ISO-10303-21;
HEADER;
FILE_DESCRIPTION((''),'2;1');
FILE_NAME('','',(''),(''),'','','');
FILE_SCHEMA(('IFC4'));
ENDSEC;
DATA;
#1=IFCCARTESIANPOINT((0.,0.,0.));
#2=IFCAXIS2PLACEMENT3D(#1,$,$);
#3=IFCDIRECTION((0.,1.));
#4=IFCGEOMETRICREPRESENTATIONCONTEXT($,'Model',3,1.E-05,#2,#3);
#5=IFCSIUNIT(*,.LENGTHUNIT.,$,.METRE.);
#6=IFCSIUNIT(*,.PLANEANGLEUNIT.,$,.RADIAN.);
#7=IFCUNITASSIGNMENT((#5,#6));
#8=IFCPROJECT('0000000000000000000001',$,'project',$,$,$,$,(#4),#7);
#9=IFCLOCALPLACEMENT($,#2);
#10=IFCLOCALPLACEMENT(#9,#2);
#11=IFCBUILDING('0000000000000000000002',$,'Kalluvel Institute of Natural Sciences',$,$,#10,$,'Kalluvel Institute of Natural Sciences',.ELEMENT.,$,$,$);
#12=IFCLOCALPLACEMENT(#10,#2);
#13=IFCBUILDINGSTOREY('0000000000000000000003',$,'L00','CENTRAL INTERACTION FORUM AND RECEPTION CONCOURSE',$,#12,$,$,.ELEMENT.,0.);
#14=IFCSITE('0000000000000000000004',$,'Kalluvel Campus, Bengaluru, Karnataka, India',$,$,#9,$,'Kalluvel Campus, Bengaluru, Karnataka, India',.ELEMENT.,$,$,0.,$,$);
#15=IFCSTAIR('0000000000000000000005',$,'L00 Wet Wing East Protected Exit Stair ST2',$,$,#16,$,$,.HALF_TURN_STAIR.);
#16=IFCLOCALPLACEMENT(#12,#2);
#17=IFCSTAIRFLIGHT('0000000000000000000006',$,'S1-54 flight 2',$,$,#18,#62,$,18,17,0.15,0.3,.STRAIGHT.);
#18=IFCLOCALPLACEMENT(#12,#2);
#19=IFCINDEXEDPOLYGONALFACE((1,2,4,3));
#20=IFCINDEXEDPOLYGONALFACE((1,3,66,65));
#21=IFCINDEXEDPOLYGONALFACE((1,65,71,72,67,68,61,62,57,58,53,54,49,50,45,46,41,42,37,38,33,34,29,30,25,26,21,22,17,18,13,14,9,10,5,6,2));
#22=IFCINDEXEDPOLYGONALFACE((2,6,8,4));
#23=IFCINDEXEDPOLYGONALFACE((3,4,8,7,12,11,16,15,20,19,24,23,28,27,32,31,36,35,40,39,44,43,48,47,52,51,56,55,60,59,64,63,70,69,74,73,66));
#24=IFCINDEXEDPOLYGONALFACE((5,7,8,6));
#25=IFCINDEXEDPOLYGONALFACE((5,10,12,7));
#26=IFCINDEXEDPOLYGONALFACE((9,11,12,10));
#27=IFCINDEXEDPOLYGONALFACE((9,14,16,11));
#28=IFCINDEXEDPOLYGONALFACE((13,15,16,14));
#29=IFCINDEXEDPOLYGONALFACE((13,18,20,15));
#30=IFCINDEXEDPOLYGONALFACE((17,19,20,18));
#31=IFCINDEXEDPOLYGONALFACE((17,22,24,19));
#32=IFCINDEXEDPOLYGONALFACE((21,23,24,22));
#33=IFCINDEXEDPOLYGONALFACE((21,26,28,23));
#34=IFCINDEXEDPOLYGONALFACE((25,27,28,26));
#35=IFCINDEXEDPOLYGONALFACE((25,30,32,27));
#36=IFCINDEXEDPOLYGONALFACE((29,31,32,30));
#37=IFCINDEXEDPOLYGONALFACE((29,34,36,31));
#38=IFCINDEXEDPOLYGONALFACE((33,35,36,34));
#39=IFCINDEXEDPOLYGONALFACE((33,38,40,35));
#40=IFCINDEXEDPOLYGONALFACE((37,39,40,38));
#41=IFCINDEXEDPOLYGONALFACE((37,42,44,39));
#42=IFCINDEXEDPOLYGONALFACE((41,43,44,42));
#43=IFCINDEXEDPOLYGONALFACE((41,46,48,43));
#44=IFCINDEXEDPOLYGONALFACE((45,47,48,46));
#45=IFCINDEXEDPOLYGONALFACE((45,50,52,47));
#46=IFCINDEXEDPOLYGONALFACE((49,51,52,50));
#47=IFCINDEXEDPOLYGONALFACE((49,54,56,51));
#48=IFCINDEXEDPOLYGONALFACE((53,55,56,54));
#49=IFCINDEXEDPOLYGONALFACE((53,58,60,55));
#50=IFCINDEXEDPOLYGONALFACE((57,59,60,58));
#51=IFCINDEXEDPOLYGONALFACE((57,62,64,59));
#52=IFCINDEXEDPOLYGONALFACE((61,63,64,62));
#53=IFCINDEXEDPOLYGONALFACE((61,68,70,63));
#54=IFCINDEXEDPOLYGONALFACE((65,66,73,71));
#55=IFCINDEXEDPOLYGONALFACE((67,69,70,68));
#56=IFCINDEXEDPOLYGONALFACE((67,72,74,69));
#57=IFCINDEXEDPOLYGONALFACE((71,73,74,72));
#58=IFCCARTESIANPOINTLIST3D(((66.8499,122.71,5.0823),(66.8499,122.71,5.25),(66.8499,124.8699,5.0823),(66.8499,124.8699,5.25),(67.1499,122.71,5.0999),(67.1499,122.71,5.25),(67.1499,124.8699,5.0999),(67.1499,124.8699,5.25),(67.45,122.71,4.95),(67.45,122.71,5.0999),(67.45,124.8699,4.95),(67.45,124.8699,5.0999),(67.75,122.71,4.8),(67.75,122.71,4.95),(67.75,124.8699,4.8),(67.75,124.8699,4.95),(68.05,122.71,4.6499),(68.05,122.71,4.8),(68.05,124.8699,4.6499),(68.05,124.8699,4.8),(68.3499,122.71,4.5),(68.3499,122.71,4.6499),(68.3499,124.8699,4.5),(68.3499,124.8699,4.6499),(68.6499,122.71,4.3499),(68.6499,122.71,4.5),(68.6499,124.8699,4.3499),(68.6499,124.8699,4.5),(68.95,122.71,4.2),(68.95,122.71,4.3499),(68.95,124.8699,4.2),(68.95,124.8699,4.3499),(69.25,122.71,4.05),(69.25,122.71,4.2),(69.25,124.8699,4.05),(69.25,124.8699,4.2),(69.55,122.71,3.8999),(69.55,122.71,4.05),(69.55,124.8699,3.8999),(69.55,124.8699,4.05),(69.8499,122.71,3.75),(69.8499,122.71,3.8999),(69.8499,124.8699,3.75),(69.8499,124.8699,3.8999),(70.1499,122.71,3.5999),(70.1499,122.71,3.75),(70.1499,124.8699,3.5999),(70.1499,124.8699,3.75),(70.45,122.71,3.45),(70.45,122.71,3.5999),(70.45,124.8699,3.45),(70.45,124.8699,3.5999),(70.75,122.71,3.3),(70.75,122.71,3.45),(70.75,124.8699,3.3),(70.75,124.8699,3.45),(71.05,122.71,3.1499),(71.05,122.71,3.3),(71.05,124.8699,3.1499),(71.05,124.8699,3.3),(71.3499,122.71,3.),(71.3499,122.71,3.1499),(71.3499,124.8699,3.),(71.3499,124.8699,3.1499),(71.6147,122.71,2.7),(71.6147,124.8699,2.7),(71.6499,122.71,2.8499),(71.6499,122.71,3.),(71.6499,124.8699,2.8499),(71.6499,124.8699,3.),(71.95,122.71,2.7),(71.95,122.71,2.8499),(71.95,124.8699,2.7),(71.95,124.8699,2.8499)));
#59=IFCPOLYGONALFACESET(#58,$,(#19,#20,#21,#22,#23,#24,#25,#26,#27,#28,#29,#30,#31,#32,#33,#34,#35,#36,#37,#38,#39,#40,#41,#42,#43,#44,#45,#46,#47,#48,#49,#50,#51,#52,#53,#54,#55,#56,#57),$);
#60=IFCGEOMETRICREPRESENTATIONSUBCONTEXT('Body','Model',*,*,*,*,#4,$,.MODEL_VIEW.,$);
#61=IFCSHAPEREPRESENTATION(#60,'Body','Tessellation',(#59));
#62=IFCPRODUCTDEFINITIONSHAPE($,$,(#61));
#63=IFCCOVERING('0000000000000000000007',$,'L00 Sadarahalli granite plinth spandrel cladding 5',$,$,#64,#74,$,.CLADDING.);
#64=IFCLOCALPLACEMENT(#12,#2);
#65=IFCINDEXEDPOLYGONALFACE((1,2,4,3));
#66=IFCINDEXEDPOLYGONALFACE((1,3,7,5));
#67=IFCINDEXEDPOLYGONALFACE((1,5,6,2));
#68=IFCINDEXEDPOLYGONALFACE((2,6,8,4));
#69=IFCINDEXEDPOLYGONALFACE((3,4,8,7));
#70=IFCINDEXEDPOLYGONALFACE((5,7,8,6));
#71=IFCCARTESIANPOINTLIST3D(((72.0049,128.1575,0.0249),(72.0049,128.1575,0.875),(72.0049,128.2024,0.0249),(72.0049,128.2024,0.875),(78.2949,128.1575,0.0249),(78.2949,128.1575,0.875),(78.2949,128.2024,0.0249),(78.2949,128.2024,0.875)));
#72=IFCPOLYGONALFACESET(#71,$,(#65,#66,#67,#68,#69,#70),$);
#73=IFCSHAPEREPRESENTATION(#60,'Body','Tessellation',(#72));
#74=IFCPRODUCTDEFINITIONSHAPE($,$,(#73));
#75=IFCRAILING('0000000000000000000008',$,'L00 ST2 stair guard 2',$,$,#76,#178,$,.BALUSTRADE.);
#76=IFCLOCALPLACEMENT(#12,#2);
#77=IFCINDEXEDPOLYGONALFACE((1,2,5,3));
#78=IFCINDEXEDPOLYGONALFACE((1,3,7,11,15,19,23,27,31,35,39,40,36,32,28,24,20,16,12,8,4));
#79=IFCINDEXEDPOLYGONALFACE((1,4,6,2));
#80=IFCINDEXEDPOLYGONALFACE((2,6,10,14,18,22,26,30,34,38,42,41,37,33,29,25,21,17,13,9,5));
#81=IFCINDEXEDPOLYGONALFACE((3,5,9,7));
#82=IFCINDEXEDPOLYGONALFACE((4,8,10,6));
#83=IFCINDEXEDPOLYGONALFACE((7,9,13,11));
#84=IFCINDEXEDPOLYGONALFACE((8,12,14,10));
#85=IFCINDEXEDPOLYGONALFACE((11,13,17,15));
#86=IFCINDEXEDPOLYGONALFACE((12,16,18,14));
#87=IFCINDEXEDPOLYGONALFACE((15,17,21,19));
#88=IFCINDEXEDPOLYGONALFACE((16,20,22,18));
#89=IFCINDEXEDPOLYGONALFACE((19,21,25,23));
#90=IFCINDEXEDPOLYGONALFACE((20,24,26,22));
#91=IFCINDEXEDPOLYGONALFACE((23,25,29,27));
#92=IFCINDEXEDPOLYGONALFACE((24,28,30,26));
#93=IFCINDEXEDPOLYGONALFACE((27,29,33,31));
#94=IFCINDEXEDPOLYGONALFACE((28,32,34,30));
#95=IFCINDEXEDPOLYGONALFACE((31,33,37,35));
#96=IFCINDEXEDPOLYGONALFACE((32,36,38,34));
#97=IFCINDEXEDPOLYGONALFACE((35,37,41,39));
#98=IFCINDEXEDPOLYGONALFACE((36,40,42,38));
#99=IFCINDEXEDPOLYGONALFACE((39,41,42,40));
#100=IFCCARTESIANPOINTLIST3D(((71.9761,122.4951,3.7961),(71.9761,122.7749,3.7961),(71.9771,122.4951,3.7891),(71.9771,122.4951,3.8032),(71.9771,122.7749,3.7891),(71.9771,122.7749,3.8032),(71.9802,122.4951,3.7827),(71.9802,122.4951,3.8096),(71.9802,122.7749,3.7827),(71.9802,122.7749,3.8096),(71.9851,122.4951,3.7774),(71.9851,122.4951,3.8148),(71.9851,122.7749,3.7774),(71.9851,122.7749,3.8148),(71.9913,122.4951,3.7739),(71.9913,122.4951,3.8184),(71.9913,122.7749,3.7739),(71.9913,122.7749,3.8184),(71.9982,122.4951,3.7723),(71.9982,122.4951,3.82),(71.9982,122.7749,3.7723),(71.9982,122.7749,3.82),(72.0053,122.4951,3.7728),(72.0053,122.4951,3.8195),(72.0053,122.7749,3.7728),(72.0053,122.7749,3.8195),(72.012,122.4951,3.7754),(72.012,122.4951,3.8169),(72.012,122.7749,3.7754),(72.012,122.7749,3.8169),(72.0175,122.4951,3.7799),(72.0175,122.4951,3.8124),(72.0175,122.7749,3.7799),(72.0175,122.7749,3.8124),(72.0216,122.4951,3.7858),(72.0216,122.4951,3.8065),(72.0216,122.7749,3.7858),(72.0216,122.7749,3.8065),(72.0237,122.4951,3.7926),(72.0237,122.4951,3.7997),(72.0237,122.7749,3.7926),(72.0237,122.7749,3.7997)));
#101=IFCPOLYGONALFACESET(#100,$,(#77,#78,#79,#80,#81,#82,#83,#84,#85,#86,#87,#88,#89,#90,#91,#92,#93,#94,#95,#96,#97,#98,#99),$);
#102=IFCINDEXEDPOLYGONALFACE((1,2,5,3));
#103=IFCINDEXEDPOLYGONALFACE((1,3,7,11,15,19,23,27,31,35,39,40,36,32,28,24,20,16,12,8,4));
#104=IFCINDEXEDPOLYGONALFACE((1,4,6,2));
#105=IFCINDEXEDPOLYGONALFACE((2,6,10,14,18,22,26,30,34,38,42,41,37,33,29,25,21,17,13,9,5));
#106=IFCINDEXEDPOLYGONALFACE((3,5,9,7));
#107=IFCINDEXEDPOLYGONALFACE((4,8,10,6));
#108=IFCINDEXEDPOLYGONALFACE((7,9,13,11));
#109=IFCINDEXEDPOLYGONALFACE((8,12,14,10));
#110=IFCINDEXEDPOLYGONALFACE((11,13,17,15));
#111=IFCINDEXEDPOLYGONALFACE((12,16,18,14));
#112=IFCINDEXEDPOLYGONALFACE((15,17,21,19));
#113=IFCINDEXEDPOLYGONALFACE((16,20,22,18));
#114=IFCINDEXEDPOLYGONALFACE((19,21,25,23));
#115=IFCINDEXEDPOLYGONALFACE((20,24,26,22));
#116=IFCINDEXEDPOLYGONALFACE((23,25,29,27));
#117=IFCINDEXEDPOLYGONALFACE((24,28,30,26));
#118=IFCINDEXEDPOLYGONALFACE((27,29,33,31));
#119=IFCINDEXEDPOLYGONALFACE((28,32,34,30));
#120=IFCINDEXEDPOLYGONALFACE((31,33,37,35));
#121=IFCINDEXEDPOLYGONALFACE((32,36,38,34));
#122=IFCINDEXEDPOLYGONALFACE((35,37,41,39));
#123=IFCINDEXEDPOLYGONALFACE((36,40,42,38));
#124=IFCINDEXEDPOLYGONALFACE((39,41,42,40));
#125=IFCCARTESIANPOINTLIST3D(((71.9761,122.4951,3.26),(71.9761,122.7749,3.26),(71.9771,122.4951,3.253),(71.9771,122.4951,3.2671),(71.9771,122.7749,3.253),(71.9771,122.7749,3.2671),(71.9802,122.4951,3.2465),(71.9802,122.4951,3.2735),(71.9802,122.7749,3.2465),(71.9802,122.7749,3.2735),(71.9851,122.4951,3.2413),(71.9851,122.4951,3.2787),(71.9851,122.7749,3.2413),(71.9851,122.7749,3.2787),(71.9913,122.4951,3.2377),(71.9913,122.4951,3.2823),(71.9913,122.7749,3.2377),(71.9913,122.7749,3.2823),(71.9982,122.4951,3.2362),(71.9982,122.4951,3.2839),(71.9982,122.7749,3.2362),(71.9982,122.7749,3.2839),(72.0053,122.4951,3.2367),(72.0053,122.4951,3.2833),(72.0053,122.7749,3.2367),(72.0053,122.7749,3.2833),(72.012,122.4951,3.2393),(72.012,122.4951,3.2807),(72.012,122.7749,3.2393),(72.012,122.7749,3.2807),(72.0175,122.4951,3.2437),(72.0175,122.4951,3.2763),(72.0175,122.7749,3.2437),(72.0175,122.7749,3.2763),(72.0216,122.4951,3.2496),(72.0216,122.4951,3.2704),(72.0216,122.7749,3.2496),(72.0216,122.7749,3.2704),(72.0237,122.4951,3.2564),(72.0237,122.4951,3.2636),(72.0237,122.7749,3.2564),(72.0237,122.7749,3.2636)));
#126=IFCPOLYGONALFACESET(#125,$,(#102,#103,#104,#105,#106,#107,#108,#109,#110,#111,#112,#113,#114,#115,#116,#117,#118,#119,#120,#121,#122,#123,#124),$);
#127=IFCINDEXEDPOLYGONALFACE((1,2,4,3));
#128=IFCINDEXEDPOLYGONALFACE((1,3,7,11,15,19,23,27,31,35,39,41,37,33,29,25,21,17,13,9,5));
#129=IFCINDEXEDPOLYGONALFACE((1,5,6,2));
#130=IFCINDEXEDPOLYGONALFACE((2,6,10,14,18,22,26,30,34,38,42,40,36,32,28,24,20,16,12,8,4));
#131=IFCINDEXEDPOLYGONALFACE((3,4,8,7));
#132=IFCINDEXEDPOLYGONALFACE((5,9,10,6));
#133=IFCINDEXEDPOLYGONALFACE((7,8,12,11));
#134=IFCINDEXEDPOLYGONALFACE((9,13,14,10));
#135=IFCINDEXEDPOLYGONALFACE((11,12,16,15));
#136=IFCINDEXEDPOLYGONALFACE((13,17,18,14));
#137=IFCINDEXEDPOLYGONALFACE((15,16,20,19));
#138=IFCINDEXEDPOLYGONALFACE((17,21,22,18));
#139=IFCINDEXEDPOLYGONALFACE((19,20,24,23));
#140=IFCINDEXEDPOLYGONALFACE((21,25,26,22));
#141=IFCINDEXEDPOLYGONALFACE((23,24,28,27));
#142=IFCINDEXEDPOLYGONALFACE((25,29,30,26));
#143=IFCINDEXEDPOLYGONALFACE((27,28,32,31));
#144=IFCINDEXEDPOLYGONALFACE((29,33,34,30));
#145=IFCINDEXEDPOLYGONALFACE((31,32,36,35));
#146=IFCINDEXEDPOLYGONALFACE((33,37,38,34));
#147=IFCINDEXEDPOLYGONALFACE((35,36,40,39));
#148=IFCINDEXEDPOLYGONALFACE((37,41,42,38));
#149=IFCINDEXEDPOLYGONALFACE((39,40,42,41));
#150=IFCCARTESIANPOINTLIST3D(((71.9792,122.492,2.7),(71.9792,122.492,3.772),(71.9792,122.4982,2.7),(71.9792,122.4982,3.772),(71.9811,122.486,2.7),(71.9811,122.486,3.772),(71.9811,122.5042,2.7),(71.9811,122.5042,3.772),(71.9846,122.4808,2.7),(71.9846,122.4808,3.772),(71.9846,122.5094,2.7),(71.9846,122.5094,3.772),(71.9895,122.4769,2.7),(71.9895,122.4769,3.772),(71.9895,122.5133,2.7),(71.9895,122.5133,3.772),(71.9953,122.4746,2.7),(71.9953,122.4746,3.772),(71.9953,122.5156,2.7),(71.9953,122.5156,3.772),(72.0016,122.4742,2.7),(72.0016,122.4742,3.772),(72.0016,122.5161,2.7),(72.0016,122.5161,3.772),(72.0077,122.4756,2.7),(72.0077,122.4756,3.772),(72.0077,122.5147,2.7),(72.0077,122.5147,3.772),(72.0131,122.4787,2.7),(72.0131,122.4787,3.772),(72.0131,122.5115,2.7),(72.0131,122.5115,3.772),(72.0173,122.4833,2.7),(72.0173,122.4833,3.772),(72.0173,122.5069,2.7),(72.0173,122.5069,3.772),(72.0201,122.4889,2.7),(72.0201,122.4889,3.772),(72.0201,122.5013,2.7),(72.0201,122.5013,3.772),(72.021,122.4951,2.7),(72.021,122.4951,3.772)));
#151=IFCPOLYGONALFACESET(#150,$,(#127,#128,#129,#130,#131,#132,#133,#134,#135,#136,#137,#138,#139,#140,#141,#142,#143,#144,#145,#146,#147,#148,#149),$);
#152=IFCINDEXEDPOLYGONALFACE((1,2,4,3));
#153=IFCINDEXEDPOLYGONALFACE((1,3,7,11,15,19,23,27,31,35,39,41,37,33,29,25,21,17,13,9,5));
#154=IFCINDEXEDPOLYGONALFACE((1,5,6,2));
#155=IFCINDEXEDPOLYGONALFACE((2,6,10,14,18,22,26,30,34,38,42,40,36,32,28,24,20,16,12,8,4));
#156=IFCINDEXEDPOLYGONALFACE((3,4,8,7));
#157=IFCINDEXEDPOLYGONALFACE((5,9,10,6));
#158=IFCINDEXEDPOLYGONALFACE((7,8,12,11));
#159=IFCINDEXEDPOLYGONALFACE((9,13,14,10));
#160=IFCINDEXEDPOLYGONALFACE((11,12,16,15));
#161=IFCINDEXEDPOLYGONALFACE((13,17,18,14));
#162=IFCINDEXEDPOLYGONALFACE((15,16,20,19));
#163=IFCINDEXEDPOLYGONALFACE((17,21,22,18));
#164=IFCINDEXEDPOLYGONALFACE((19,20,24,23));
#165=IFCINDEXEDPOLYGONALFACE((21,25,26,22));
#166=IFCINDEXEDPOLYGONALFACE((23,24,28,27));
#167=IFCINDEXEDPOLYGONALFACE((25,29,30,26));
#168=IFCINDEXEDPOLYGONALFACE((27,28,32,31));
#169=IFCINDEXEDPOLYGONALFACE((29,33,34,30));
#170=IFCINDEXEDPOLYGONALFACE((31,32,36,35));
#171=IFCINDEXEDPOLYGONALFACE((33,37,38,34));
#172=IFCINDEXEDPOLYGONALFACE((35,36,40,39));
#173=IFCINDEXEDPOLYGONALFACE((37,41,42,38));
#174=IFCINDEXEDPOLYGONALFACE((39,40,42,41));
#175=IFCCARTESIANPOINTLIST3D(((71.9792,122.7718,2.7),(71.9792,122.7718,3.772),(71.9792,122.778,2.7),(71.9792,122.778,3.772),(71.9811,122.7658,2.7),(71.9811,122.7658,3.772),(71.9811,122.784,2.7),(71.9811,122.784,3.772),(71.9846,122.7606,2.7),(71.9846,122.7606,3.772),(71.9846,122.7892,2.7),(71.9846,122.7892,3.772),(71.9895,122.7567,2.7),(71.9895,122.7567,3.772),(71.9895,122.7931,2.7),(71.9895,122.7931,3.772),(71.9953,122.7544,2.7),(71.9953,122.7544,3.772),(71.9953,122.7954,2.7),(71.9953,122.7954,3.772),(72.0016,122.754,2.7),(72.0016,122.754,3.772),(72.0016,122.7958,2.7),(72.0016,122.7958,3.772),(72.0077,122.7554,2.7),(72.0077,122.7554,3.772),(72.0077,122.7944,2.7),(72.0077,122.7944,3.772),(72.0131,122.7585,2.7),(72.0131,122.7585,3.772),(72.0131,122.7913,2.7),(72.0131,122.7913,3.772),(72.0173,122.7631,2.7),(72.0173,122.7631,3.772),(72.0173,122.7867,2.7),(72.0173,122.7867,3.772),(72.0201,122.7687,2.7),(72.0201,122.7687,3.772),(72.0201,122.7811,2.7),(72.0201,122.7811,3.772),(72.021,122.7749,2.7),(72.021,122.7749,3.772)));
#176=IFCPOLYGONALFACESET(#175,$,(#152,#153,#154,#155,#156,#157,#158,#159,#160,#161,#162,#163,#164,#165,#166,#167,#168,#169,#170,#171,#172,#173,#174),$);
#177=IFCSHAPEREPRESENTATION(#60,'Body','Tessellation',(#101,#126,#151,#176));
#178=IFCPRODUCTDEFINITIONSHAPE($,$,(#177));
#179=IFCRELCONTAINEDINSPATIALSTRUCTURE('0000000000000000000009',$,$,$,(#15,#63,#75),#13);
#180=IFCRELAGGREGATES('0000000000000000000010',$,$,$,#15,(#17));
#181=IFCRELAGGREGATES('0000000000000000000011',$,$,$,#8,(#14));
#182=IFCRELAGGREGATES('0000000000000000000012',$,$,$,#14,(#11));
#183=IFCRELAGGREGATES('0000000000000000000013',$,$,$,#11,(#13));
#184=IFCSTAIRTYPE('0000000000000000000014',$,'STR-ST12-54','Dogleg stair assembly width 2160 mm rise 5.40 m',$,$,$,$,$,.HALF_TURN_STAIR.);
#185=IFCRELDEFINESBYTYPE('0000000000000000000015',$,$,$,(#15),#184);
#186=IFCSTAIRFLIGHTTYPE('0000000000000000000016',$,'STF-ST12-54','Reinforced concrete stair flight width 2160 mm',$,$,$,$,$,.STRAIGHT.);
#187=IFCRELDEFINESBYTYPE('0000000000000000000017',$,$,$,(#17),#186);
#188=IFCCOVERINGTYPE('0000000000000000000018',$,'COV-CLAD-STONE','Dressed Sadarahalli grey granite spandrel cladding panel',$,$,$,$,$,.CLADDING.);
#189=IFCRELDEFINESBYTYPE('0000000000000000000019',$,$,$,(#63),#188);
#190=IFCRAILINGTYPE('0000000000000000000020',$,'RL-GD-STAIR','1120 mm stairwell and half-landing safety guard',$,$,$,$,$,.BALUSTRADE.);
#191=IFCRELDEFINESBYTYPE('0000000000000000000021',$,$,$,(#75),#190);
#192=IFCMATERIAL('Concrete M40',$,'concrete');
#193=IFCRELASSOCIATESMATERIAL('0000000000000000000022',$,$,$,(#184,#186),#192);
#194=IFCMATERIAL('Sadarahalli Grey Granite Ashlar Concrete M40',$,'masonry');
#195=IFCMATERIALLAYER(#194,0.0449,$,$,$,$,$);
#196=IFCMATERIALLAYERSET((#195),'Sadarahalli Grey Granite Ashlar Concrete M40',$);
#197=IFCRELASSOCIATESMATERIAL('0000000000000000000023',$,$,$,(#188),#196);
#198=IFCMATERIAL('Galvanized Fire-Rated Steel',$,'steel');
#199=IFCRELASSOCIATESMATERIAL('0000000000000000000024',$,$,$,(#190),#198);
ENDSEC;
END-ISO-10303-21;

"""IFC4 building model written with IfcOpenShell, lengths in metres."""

from ifc_helpers import new_model, si_unit, direction, frame, origin, origin_2d, place, context, subcontext, project, spatial, polyline, rectangle, circle, outline, extrude, material, layer, layer_set, type_object, element, aggregate, save


model = new_model("IFC4")

# Units and contexts
model_context = context("Model", 3, precision=1e-05, world=origin(), true_north=direction((0.0, 1.0)))
body_context = subcontext(model_context, "Body", "Model", "MODEL_VIEW")
ifc_project = project(units=[si_unit("LENGTHUNIT", "METRE"), si_unit("PLANEANGLEUNIT", "RADIAN")], contexts=[model_context])

# Site, building, storey
site_placement = place(None, origin())
site = spatial("IfcSite", under=ifc_project, at=site_placement, Name="Kalluvel Campus, Bengaluru, Karnataka, India", LongName="Kalluvel Campus, Bengaluru, Karnataka, India", CompositionType="ELEMENT", RefElevation=0.0)
building_placement = place(site_placement, origin())
building = spatial("IfcBuilding", under=site, at=building_placement, Name="Kalluvel Institute of Natural Sciences", LongName="Kalluvel Institute of Natural Sciences", CompositionType="ELEMENT")
storey_placement = place(building_placement, origin())
storey = spatial("IfcBuildingStorey", under=building, at=storey_placement, Name="L00", Description="CENTRAL INTERACTION FORUM AND RECEPTION CONCOURSE", CompositionType="ELEMENT", Elevation=0.0)

# Shared definitions
ifc_material_1 = material(Name="Concrete M40", Category="concrete")

# Shared definitions
ifc_material_2 = material(Name="Sadarahalli Grey Granite Ashlar Concrete M40", Category="masonry")

# Shared definitions
ifc_material_3 = material(Name="Galvanized Fire-Rated Steel", Category="steel")

# Stair, stair flight
stair_type = type_object("IfcStairType", Name="STR-ST12-54", Description="Dogleg stair assembly width 2160 mm rise 5.40 m", PredefinedType="HALF_TURN_STAIR", material=ifc_material_1)
stair_placement = place(storey_placement, origin())
stair = element("IfcStair", 1, at=stair_placement, inside=storey, type_object=stair_type, Name="L00 Wet Wing East Protected Exit Stair ST2", PredefinedType="HALF_TURN_STAIR")
stair_flight_type = type_object("IfcStairFlightType", Name="STF-ST12-54", Description="Reinforced concrete stair flight width 2160 mm", PredefinedType="STRAIGHT", material=ifc_material_1)
stair_flight_placement = place(storey_placement, frame((71.95, 123.79, 2.7), z_axis=(0.0, 0.0, 1.0), x_axis=(-1.0, 0.0, 0.0)))
stair_flight = element("IfcStairFlight", 2, at=stair_flight_placement, type_object=stair_flight_type, Name="S1-54 flight 2", NumberOfRisers=18, NumberOfTreads=17, PredefinedType="STRAIGHT", RiserHeight=0.15, TreadLength=0.3, context=body_context, shape_type="SweptSolid", body=[
    extrude(outline(polyline([(0.0, 0.0), (0.0, 0.1499), (0.3, 0.1499), (0.3, 0.3), (0.6001, 0.3), (0.6001, 0.45), (0.8999, 0.45), (0.8999, 0.6001), (1.2, 0.6001), (1.2, 0.75), (1.5, 0.75), (1.5, 0.8999), (1.8, 0.8999), (1.8, 1.05), (2.1001, 1.05), (2.1001, 1.2), (2.3999, 1.2), (2.3999, 1.3501), (2.7, 1.3501), (2.7, 1.5), (3.0, 1.5), (3.0, 1.6499), (3.3, 1.6499), (3.3, 1.8), (3.6001, 1.8), (3.6001, 1.95), (3.8999, 1.95), (3.8999, 2.1001), (4.2, 2.1001), (4.2, 2.25), (4.5, 2.25), (4.5, 2.3999), (4.8, 2.3999), (4.8, 2.55), (5.1001, 2.55), (5.1001, 2.7), (5.1001, 2.3823), (0.3352, 0.0), (0.0, 0.0)])), frame((0.0, 1.0801, 0.0), z_axis=(0.0, -1.0, 0.0), x_axis=(1.0, 0.0, 0.0)), (0.0, 0.0, 1.0), 2.1599),
])
aggregate(stair, [stair_flight])

# Covering
ifc_layer_1 = layer(ifc_material_2, 0.0449)
ifc_layer_set_1 = layer_set([ifc_layer_1], Name="Sadarahalli Grey Granite Ashlar Concrete M40")
covering_type = type_object("IfcCoveringType", Name="COV-CLAD-STONE", Description="Dressed Sadarahalli grey granite spandrel cladding panel", PredefinedType="CLADDING", material=ifc_layer_set_1)
covering_placement = place(storey_placement, frame((75.1499, 128.1799, 0.0249), z_axis=(0.0, 0.0, 1.0), x_axis=(1.0, 0.0, 0.0)))
element("IfcCovering", 3, at=covering_placement, inside=storey, type_object=covering_type, Name="L00 Sadarahalli granite plinth spandrel cladding 5", PredefinedType="CLADDING", context=body_context, shape_type="SweptSolid", body=[
    extrude(rectangle(XDim=6.29, YDim=0.0449, at=origin_2d()), origin(), (0.0, 0.0, 1.0), 0.8501),
])

# Railing
railing_type_1 = type_object("IfcRailingType", Name="RL-GD-STAIR", Description="1120 mm stairwell and half-landing safety guard", PredefinedType="BALUSTRADE", material=ifc_material_3)
railing_1_placement = place(storey_placement, frame((72.0, 122.4951, 2.7)))
element("IfcRailing", 4, at=railing_1_placement, inside=storey, type_object=railing_type_1, Name="L00 ST2 stair guard 2", PredefinedType="BALUSTRADE", context=body_context, shape_type="SweptSolid", body=[
    extrude(circle(Radius=0.0239, at=origin_2d()), frame((0.0, 0.0, 1.0962), z_axis=(0.0, 1.0, 0.0), x_axis=(-1.0, 0.0, 0.0)), (0.0, 0.0, 1.0), 0.2798),
    extrude(circle(Radius=0.0239, at=origin_2d()), frame((0.0, 0.0, 0.5601), z_axis=(0.0, 1.0, 0.0), x_axis=(-1.0, 0.0, 0.0)), (0.0, 0.0, 1.0), 0.2798),
    extrude(circle(Radius=0.021, at=origin_2d()), origin(), (0.0, 0.0, 1.0), 1.072),
    extrude(circle(Radius=0.021, at=origin_2d()), frame((0.0, 0.2798, 0.0)), (0.0, 0.0, 1.0), 1.072),
])

save(model, "model.ifc")
